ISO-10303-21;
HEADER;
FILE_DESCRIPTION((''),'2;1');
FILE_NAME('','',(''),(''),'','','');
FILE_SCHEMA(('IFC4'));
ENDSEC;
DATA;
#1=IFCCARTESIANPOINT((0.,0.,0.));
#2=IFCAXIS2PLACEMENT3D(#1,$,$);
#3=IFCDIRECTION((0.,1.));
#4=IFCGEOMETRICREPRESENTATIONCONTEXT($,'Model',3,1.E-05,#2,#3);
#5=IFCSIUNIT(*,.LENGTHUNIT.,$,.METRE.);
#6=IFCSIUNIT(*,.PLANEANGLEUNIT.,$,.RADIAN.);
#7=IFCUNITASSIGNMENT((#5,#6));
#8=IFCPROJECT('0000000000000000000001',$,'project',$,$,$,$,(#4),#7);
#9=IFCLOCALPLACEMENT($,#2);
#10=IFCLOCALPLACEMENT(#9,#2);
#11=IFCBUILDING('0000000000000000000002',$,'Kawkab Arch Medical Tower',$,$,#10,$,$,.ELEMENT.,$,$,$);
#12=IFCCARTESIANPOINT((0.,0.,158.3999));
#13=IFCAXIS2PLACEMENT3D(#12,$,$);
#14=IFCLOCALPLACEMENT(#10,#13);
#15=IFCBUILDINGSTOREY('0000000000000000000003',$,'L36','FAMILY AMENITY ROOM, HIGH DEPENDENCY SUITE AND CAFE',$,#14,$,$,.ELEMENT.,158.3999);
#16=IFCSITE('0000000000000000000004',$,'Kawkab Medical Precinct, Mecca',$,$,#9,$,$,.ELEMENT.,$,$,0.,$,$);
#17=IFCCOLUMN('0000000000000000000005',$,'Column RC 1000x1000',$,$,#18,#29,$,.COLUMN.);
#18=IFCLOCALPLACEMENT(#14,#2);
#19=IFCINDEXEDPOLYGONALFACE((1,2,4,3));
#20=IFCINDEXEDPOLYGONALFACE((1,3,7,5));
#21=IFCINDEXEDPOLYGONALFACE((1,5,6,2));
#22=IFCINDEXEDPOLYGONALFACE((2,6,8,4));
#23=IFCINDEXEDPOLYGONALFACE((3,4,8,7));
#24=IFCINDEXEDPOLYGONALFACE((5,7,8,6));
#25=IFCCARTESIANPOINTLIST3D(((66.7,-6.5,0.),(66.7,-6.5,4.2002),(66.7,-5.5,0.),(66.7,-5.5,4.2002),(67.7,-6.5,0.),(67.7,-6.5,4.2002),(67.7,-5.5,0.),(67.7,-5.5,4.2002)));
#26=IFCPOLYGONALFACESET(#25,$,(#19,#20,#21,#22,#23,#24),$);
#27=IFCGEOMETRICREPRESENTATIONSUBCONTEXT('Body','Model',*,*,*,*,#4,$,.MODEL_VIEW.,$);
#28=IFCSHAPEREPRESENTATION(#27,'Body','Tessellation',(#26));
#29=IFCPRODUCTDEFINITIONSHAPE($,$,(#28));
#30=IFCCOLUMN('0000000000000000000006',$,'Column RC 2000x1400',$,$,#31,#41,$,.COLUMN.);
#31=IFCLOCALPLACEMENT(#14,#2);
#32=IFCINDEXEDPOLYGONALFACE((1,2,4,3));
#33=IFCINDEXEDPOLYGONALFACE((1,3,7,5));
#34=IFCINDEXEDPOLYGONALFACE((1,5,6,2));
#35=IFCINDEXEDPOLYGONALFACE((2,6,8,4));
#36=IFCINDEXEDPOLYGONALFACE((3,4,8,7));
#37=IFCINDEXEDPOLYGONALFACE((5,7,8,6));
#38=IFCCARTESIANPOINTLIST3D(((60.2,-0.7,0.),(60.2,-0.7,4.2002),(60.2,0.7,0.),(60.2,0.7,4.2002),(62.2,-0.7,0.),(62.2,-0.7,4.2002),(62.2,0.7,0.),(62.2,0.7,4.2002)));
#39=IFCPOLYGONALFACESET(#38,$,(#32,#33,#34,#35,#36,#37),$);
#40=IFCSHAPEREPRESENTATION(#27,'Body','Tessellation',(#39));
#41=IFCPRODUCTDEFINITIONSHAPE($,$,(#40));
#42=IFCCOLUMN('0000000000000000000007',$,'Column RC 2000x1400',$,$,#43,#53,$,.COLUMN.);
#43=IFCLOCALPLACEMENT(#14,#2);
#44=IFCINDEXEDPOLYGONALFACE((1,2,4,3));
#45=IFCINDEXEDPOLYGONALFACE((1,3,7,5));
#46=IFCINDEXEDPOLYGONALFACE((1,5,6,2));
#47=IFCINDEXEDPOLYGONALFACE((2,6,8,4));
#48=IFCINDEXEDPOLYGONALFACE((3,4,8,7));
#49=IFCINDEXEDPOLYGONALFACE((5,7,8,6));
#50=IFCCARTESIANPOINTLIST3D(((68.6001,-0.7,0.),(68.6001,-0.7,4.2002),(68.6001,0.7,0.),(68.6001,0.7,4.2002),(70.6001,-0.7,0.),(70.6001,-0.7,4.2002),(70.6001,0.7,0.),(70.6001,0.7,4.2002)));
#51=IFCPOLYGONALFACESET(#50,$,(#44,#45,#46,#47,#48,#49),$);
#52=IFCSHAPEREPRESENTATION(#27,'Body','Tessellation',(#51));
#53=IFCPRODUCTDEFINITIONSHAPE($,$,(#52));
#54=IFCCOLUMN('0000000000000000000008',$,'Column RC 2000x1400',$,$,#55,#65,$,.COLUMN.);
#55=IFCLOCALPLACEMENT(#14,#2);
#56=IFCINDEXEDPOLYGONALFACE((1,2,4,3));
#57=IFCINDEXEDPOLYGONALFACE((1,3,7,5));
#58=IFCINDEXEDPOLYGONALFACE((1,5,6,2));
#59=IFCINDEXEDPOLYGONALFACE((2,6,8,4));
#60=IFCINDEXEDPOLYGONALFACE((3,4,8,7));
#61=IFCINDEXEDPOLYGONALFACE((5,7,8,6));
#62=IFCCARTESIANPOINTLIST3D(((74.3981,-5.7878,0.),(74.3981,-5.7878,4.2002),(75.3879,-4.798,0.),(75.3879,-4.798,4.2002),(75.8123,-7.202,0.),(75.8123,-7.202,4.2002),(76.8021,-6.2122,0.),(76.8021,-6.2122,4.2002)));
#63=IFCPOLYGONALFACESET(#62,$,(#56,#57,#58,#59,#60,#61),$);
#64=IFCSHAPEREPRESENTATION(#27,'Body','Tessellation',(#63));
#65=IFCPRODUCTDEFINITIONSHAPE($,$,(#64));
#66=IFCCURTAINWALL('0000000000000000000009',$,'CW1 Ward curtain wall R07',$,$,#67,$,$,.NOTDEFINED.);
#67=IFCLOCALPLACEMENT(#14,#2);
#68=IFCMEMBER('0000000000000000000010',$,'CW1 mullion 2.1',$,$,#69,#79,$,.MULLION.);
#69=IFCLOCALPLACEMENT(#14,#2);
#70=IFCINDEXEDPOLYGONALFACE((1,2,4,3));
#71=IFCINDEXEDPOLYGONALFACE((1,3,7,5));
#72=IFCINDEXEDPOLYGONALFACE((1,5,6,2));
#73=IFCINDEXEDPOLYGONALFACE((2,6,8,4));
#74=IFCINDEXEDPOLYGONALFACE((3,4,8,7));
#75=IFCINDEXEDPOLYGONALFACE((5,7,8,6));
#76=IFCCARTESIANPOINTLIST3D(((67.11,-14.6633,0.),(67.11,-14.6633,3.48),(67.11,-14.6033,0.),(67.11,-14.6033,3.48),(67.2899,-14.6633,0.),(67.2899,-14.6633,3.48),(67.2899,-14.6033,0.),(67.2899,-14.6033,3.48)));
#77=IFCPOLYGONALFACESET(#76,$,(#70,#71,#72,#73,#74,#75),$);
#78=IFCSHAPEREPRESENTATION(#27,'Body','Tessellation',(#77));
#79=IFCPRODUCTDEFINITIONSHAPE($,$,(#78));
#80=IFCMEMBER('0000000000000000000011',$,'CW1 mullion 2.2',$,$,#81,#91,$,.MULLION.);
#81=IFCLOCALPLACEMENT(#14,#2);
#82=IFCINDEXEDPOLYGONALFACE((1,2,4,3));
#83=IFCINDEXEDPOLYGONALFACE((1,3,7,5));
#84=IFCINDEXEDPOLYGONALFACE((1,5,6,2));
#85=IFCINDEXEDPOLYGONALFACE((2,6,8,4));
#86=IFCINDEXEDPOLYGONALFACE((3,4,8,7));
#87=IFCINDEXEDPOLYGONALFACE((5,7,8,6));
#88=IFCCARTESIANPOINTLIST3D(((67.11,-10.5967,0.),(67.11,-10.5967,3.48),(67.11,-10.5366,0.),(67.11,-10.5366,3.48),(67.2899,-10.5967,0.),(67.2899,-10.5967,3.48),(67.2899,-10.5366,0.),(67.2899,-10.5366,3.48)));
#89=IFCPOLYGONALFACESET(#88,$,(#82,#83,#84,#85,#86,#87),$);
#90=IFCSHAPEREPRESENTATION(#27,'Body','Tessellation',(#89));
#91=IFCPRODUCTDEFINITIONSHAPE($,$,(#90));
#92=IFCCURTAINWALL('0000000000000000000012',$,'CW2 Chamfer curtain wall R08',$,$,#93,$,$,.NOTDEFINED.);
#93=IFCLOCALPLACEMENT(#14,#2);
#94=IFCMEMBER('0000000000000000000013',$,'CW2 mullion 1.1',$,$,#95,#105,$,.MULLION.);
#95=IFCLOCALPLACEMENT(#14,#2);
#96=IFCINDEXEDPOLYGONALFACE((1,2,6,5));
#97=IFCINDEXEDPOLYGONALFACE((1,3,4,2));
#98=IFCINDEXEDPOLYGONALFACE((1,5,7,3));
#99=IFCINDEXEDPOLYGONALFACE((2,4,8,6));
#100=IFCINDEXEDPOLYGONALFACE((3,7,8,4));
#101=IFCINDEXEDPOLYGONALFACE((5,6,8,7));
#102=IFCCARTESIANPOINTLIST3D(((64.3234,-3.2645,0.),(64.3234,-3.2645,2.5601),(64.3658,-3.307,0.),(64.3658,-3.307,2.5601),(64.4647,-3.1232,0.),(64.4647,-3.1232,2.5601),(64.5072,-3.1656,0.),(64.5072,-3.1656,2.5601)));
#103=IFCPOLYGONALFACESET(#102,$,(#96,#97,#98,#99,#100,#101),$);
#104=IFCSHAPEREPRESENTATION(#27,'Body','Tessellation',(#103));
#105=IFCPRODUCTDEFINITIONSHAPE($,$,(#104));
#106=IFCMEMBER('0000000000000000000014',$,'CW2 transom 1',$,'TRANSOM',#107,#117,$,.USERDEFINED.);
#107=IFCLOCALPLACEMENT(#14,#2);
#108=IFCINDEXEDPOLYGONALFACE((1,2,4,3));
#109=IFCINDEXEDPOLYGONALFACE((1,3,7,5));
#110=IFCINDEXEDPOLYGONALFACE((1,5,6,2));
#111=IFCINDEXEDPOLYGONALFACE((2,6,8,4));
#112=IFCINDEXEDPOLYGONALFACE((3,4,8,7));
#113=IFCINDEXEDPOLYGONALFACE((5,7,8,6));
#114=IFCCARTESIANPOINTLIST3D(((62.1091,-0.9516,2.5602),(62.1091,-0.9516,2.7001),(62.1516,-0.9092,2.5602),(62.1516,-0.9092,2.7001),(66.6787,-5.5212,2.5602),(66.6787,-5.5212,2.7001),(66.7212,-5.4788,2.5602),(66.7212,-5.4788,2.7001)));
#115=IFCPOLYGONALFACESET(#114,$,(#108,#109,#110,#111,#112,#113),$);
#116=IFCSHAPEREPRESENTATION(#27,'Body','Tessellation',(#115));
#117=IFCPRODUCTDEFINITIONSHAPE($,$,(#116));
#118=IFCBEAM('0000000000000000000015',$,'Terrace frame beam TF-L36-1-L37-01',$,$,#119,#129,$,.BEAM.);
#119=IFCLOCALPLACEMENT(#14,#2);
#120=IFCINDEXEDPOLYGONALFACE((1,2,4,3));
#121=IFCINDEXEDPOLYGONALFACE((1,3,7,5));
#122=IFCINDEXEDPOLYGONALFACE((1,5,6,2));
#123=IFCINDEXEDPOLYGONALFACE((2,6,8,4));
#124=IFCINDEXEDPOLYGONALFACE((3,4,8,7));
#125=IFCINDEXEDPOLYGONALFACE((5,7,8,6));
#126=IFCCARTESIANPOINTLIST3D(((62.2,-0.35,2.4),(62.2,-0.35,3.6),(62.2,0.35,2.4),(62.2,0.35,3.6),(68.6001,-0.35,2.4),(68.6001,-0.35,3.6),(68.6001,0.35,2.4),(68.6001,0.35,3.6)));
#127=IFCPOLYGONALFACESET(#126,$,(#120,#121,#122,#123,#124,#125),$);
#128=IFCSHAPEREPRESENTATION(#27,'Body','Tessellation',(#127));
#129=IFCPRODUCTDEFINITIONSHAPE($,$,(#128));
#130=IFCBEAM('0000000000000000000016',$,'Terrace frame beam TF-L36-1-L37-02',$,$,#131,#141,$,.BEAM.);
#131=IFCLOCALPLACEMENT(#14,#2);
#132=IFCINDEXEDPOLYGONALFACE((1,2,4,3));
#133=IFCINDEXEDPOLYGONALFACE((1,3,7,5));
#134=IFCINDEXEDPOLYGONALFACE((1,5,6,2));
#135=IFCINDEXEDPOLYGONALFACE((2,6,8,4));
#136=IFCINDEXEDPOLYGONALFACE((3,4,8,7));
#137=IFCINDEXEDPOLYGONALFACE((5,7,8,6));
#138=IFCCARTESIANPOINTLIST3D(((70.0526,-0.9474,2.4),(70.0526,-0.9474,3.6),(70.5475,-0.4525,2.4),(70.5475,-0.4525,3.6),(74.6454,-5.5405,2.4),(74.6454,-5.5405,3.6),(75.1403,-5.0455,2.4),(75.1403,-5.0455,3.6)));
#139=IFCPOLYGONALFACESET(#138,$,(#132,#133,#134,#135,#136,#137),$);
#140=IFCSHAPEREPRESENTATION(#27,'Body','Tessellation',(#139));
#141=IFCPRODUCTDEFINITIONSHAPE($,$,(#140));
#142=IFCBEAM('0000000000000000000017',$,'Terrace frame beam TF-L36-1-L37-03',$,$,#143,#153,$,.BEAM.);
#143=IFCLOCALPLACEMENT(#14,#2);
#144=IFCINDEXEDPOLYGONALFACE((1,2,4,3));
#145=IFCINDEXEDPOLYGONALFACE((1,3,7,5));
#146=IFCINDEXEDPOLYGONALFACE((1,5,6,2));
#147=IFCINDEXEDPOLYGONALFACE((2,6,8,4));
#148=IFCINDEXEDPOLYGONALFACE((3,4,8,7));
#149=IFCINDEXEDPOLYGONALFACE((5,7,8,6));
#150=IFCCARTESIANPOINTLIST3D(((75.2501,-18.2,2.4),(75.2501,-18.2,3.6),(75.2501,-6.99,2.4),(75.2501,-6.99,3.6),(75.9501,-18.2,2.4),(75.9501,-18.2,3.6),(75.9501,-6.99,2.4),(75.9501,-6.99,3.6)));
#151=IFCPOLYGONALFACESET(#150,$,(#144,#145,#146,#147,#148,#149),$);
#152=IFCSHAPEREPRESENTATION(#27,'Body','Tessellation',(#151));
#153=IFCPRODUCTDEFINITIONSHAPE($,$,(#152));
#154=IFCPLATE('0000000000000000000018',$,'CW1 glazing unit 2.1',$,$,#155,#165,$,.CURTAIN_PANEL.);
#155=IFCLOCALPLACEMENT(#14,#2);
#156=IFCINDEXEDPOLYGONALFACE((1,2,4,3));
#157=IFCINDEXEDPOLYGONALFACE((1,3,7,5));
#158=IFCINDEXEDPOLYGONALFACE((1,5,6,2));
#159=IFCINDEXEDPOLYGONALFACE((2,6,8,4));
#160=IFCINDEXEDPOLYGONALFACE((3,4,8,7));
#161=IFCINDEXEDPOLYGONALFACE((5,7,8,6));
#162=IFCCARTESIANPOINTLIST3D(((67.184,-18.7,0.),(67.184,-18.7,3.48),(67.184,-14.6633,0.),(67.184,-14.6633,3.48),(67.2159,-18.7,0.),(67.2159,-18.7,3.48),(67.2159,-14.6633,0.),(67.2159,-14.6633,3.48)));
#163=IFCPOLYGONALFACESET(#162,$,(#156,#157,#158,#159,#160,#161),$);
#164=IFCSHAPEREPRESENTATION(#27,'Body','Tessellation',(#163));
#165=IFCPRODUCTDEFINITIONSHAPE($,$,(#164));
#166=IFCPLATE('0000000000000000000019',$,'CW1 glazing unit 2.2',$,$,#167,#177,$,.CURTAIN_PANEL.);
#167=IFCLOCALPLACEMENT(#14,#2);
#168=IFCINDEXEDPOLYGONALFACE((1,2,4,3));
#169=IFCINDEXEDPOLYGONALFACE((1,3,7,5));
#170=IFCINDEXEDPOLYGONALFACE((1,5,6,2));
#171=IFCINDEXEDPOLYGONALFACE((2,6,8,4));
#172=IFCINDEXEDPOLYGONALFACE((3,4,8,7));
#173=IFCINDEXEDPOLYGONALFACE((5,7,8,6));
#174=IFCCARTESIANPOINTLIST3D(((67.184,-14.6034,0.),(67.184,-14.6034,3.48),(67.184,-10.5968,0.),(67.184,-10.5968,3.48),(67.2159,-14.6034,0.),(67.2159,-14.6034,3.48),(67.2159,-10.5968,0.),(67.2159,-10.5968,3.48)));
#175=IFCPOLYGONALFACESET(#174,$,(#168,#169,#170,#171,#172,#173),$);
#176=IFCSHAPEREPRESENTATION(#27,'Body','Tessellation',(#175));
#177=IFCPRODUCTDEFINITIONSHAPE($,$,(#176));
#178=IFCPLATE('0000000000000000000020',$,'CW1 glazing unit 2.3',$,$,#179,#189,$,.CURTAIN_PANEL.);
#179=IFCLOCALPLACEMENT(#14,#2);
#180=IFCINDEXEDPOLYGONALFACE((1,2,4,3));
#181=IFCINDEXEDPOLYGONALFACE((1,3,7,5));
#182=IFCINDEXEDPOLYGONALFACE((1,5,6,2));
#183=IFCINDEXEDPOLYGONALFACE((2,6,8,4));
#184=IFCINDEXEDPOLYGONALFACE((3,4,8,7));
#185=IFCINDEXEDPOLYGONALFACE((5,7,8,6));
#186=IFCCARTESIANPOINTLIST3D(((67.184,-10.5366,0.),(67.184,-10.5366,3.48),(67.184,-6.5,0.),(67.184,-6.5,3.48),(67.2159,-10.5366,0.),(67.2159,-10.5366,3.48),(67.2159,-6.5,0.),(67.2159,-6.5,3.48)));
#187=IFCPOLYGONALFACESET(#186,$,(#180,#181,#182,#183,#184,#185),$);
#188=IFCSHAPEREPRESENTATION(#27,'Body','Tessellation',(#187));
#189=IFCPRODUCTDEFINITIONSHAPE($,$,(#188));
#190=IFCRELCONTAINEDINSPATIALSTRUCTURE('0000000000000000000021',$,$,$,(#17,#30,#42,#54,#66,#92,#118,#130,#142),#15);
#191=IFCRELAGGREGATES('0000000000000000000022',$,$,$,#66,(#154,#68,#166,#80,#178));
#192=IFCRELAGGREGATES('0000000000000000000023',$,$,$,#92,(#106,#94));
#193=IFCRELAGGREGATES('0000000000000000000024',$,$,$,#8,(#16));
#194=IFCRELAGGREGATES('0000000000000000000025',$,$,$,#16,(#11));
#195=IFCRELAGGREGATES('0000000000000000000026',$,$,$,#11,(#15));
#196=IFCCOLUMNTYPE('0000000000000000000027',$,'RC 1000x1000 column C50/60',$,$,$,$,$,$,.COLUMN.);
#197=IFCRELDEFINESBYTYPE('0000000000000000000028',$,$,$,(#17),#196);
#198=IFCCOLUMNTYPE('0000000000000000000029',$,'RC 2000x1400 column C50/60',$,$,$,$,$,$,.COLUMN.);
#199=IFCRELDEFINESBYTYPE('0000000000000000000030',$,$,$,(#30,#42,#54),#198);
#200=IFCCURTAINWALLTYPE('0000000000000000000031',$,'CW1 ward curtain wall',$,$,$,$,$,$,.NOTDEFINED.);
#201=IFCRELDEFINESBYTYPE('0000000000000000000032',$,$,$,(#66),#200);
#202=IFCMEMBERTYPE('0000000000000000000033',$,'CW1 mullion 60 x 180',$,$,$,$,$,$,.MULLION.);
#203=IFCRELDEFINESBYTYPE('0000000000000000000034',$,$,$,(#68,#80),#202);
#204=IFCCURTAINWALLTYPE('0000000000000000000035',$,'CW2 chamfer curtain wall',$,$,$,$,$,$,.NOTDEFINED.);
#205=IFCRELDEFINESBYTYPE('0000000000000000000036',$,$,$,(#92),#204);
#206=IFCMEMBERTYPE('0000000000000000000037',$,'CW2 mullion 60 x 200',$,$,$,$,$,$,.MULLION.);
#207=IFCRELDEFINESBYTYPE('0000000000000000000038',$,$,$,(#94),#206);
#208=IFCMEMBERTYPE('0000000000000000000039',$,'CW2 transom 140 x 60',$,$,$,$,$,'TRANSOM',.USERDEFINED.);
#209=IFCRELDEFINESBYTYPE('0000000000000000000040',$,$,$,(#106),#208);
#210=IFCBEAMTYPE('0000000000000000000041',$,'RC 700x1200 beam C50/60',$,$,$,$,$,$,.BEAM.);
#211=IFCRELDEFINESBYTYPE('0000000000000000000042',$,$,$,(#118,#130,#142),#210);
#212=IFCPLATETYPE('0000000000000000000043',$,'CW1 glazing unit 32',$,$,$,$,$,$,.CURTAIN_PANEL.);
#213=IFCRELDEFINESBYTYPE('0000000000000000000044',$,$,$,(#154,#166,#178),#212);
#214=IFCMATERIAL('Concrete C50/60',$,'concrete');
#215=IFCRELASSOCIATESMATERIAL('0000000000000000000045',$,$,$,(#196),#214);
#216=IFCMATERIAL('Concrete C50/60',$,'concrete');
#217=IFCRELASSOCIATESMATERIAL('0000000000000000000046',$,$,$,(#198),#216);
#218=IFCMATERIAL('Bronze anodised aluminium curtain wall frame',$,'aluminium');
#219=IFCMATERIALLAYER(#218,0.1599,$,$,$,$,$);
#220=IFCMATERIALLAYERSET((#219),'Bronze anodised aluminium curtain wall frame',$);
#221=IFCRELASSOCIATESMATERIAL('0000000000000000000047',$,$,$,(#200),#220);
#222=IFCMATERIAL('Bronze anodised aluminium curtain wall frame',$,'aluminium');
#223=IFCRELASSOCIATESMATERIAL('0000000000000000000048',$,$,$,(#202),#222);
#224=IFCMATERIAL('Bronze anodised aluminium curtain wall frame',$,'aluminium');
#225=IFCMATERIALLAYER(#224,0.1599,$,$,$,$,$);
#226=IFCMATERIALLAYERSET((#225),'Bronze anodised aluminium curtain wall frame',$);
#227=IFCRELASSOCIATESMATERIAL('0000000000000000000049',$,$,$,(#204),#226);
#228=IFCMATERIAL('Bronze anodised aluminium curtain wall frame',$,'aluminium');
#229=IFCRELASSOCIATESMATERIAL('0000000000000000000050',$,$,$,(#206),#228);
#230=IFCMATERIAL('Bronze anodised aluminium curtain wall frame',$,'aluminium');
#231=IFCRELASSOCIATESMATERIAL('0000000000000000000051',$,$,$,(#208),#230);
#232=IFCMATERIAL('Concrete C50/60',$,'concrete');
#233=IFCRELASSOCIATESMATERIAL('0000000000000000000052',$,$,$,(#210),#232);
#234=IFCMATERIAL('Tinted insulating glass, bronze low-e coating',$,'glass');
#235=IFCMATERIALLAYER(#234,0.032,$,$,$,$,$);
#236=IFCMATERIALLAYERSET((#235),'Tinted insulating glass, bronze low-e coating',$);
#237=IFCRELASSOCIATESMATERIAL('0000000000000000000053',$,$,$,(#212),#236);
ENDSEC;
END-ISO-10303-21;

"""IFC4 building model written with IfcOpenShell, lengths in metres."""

from ifc_helpers import new_model, si_unit, direction, frame, origin, origin_2d, place, context, subcontext, project, spatial, rectangle, extrude, material, layer, layer_set, material_profile, profile_set, type_object, element, aggregate, save


model = new_model("IFC4")

# Units and contexts
model_context = context("Model", 3, precision=1e-05, world=origin(), true_north=direction((0.0, 1.0)))
body_context = subcontext(model_context, "Body", "Model", "MODEL_VIEW")
ifc_project = project(units=[si_unit("LENGTHUNIT", "METRE"), si_unit("PLANEANGLEUNIT", "RADIAN")], contexts=[model_context])

# Site, building, storey
site_placement = place(None, origin())
site = spatial("IfcSite", under=ifc_project, at=site_placement, Name="Kawkab Medical Precinct, Mecca", CompositionType="ELEMENT", RefElevation=0.0)
building_placement = place(site_placement, origin())
building = spatial("IfcBuilding", under=site, at=building_placement, Name="Kawkab Arch Medical Tower", CompositionType="ELEMENT")
storey_placement = place(building_placement, frame((0.0, 0.0, 158.3999)))
storey = spatial("IfcBuildingStorey", under=building, at=storey_placement, Name="L36", Description="FAMILY AMENITY ROOM, HIGH DEPENDENCY SUITE AND CAFE", CompositionType="ELEMENT", Elevation=158.3999)

# Columns
ifc_material_1 = material(Name="Concrete C50/60", Category="concrete")
ifc_material_profile_1 = material_profile(ifc_material_1, rectangle(XDim=1.0, YDim=1.0, at=origin_2d()), Name="RC 1000x1000")
ifc_profile_set_1 = profile_set([ifc_material_profile_1], Name="Concrete C50/60")
column_type_1 = type_object("IfcColumnType", Name="RC 1000x1000 column C50/60", PredefinedType="COLUMN", material=ifc_profile_set_1)
column_placement = place(storey_placement, frame((67.2, -6.0, 0.0), z_axis=(0.0, 0.0, 1.0), x_axis=(1.0, 0.0, 0.0)))
element("IfcColumn", 1, at=column_placement, inside=storey, type_object=column_type_1, Name="Column RC 1000x1000", PredefinedType="COLUMN", context=body_context, shape_type="SweptSolid", body=[
    extrude(rectangle(XDim=1.0, YDim=1.0, at=origin_2d()), origin(), (0.0, 0.0, 1.0), 4.2002),
])
ifc_material_2 = material(Name="Concrete C50/60", Category="concrete")
ifc_material_profile_2 = material_profile(ifc_material_2, rectangle(XDim=2.0, YDim=1.3999, at=origin_2d()), Name="RC 2000x1400")
ifc_profile_set_2 = profile_set([ifc_material_profile_2], Name="Concrete C50/60")
column_type_2 = type_object("IfcColumnType", Name="RC 2000x1400 column C50/60", PredefinedType="COLUMN", material=ifc_profile_set_2)
for number, where, z_axis, x_axis, name in (
    (2, (61.2, 0.0, 0.0), (0.0, 0.0, 1.0), (1.0, 0.0, 0.0), "Column RC 2000x1400"),
    (3, (69.6001, 0.0, 0.0), (0.0, 0.0, 1.0), (1.0, 0.0, 0.0), "Column RC 2000x1400"),
    (4, (75.6001, -6.0, 0.0), (0.0, 0.0, 1.0), (0.707107, -0.707107, 0.0), "Column RC 2000x1400"),
):
    element("IfcColumn", number, at=place(storey_placement, frame(where, z_axis=z_axis, x_axis=x_axis)), inside=storey, type_object=column_type_2, Name=name, PredefinedType="COLUMN", context=body_context, shape_type="SweptSolid", body=[
        extrude(rectangle(XDim=2.0, YDim=1.3999, at=origin_2d()), origin(), (0.0, 0.0, 1.0), 4.2002),
    ])

# Curtain walls, members
ifc_material_3 = material(Name="Bronze anodised aluminium curtain wall frame", Category="aluminium")
ifc_layer_1 = layer(ifc_material_3, 0.1599)
ifc_layer_set_1 = layer_set([ifc_layer_1], Name="Bronze anodised aluminium curtain wall frame")
curtain_wall_type_1 = type_object("IfcCurtainWallType", Name="CW1 ward curtain wall", PredefinedType="NOTDEFINED", material=ifc_layer_set_1)
placement = place(storey_placement, origin())
curtain_wall_1 = element("IfcCurtainWall", 5, at=placement, inside=storey, type_object=curtain_wall_type_1, Name="CW1 Ward curtain wall R07", PredefinedType="NOTDEFINED")
ifc_material_4 = material(Name="Bronze anodised aluminium curtain wall frame", Category="aluminium")
ifc_material_profile_3 = material_profile(ifc_material_4, rectangle(XDim=0.1799, YDim=0.0601, at=origin_2d()), Name="AL 60x180")
ifc_profile_set_3 = profile_set([ifc_material_profile_3], Name="Bronze anodised aluminium curtain wall frame")
member_type_1 = type_object("IfcMemberType", Name="CW1 mullion 60 x 180", PredefinedType="MULLION", material=ifc_profile_set_3)
member_1_placement = place(storey_placement, frame((67.2, -14.6333, 0.0), z_axis=(0.0, 0.0, 1.0), x_axis=(-1.0, 0.0, 0.0)))
member_1 = element("IfcMember", 6, at=member_1_placement, type_object=member_type_1, Name="CW1 mullion 2.1", PredefinedType="MULLION", context=body_context, shape_type="SweptSolid", body=[
    extrude(rectangle(XDim=0.1799, YDim=0.0601, at=origin_2d()), origin(), (0.0, 0.0, 1.0), 3.48),
])
member_2_placement = place(storey_placement, frame((67.2, -10.5667, 0.0), z_axis=(0.0, 0.0, 1.0), x_axis=(-1.0, 0.0, 0.0)))
member_2 = element("IfcMember", 7, at=member_2_placement, type_object=member_type_1, Name="CW1 mullion 2.2", PredefinedType="MULLION", context=body_context, shape_type="SweptSolid", body=[
    extrude(rectangle(XDim=0.1799, YDim=0.0601, at=origin_2d()), origin(), (0.0, 0.0, 1.0), 3.48),
])
ifc_material_5 = material(Name="Bronze anodised aluminium curtain wall frame", Category="aluminium")
ifc_layer_2 = layer(ifc_material_5, 0.1599)
ifc_layer_set_2 = layer_set([ifc_layer_2], Name="Bronze anodised aluminium curtain wall frame")
curtain_wall_type_2 = type_object("IfcCurtainWallType", Name="CW2 chamfer curtain wall", PredefinedType="NOTDEFINED", material=ifc_layer_set_2)
curtain_wall_2 = element("IfcCurtainWall", 8, at=placement, inside=storey, type_object=curtain_wall_type_2, Name="CW2 Chamfer curtain wall R08", PredefinedType="NOTDEFINED")
ifc_material_6 = material(Name="Bronze anodised aluminium curtain wall frame", Category="aluminium")
ifc_material_profile_4 = material_profile(ifc_material_6, rectangle(XDim=0.2, YDim=0.0601, at=origin_2d()), Name="AL 60x200")
ifc_profile_set_4 = profile_set([ifc_material_profile_4], Name="Bronze anodised aluminium curtain wall frame")
member_type_2 = type_object("IfcMemberType", Name="CW2 mullion 60 x 200", PredefinedType="MULLION", material=ifc_profile_set_4)
member_3_placement = place(storey_placement, frame((64.4153, -3.2151, 0.0), z_axis=(0.0, 0.0, 1.0), x_axis=(-0.707107, -0.707107, 0.0)))
member_3 = element("IfcMember", 9, at=member_3_placement, type_object=member_type_2, Name="CW2 mullion 1.1", PredefinedType="MULLION", context=body_context, shape_type="SweptSolid", body=[
    extrude(rectangle(XDim=0.2, YDim=0.0601, at=origin_2d()), origin(), (0.0, 0.0, 1.0), 2.5601),
])
ifc_material_7 = material(Name="Bronze anodised aluminium curtain wall frame", Category="aluminium")
ifc_material_profile_5 = material_profile(ifc_material_7, rectangle(XDim=0.0601, YDim=0.1399, at=origin_2d()), Name="AL 60x140")
ifc_profile_set_5 = profile_set([ifc_material_profile_5], Name="Bronze anodised aluminium curtain wall frame")
member_type_3 = type_object("IfcMemberType", Name="CW2 transom 140 x 60", ElementType="TRANSOM", PredefinedType="USERDEFINED", material=ifc_profile_set_5)
member_4_placement = place(storey_placement, frame((66.7, -5.5, 2.6301), z_axis=(-0.707107, 0.707107, 0.0), x_axis=(-0.707107, -0.707107, 0.0)))
member_4 = element("IfcMember", 10, at=member_4_placement, type_object=member_type_3, Name="CW2 transom 1", ObjectType="TRANSOM", PredefinedType="USERDEFINED", context=body_context, shape_type="SweptSolid", body=[
    extrude(rectangle(XDim=0.0601, YDim=0.1399, at=origin_2d()), origin(), (0.0, 0.0, 1.0), 6.4624),
])

# Beams
ifc_material_8 = material(Name="Concrete C50/60", Category="concrete")
ifc_material_profile_6 = material_profile(ifc_material_8, rectangle(XDim=0.7, YDim=1.2, at=origin_2d()), Name="RC 700x1200")
ifc_profile_set_6 = profile_set([ifc_material_profile_6], Name="Concrete C50/60")
beam_type = type_object("IfcBeamType", Name="RC 700x1200 beam C50/60", PredefinedType="BEAM", material=ifc_profile_set_6)
beam_1_placement = place(storey_placement, frame((62.2, 0.0, 3.0), z_axis=(1.0, 0.0, 0.0), x_axis=(0.0, 1.0, 0.0)))
element("IfcBeam", 11, at=beam_1_placement, inside=storey, type_object=beam_type, Name="Terrace frame beam TF-L36-1-L37-01", PredefinedType="BEAM", context=body_context, shape_type="SweptSolid", body=[
    extrude(rectangle(XDim=0.7, YDim=1.2, at=origin_2d()), origin(), (0.0, 0.0, 1.0), 6.4001),
])
beam_2_placement = place(storey_placement, frame((70.3, -0.7, 3.0), z_axis=(0.707088, -0.707126, 0.0), x_axis=(0.707126, 0.707088, 0.0)))
element("IfcBeam", 12, at=beam_2_placement, inside=storey, type_object=beam_type, Name="Terrace frame beam TF-L36-1-L37-02", PredefinedType="BEAM", context=body_context, shape_type="SweptSolid", body=[
    extrude(rectangle(XDim=0.7, YDim=1.2, at=origin_2d()), origin(), (0.0, 0.0, 1.0), 6.4954),
])
beam_3_placement = place(storey_placement, frame((75.6001, -6.99, 3.0), z_axis=(0.0, -1.0, 0.0), x_axis=(1.0, 0.0, 0.0)))
element("IfcBeam", 13, at=beam_3_placement, inside=storey, type_object=beam_type, Name="Terrace frame beam TF-L36-1-L37-03", PredefinedType="BEAM", context=body_context, shape_type="SweptSolid", body=[
    extrude(rectangle(XDim=0.7, YDim=1.2, at=origin_2d()), origin(), (0.0, 0.0, 1.0), 11.21),
])

# Plates
ifc_material_9 = material(Name="Tinted insulating glass, bronze low-e coating", Category="glass")
ifc_layer_3 = layer(ifc_material_9, 0.032)
ifc_layer_set_3 = layer_set([ifc_layer_3], Name="Tinted insulating glass, bronze low-e coating")
plate_type_1 = type_object("IfcPlateType", Name="CW1 glazing unit 32", PredefinedType="CURTAIN_PANEL", material=ifc_layer_set_3)
plate_1_placement = place(storey_placement, frame((67.2, -16.6816, 0.0), z_axis=(0.0, 0.0, 1.0), x_axis=(0.0, 1.0, 0.0)))
plate_1 = element("IfcPlate", 14, at=plate_1_placement, type_object=plate_type_1, Name="CW1 glazing unit 2.1", PredefinedType="CURTAIN_PANEL", context=body_context, shape_type="SweptSolid", body=[
    extrude(rectangle(XDim=4.0366, YDim=0.032, at=origin_2d()), origin(), (0.0, 0.0, 1.0), 3.48),
])
plate_2_placement = place(storey_placement, frame((67.2, -12.6001, 0.0), z_axis=(0.0, 0.0, 1.0), x_axis=(0.0, 1.0, 0.0)))
plate_2 = element("IfcPlate", 15, at=plate_2_placement, type_object=plate_type_1, Name="CW1 glazing unit 2.2", PredefinedType="CURTAIN_PANEL", context=body_context, shape_type="SweptSolid", body=[
    extrude(rectangle(XDim=4.0066, YDim=0.032, at=origin_2d()), origin(), (0.0, 0.0, 1.0), 3.48),
])
plate_3_placement = place(storey_placement, frame((67.2, -8.5183, 0.0), z_axis=(0.0, 0.0, 1.0), x_axis=(0.0, 1.0, 0.0)))
plate_3 = element("IfcPlate", 16, at=plate_3_placement, type_object=plate_type_1, Name="CW1 glazing unit 2.3", PredefinedType="CURTAIN_PANEL", context=body_context, shape_type="SweptSolid", body=[
    extrude(rectangle(XDim=4.0366, YDim=0.032, at=origin_2d()), origin(), (0.0, 0.0, 1.0), 3.48),
])
aggregate(curtain_wall_1, [plate_1, member_1, plate_2, member_2, plate_3])
aggregate(curtain_wall_2, [member_4, member_3])

save(model, "model.ifc")
